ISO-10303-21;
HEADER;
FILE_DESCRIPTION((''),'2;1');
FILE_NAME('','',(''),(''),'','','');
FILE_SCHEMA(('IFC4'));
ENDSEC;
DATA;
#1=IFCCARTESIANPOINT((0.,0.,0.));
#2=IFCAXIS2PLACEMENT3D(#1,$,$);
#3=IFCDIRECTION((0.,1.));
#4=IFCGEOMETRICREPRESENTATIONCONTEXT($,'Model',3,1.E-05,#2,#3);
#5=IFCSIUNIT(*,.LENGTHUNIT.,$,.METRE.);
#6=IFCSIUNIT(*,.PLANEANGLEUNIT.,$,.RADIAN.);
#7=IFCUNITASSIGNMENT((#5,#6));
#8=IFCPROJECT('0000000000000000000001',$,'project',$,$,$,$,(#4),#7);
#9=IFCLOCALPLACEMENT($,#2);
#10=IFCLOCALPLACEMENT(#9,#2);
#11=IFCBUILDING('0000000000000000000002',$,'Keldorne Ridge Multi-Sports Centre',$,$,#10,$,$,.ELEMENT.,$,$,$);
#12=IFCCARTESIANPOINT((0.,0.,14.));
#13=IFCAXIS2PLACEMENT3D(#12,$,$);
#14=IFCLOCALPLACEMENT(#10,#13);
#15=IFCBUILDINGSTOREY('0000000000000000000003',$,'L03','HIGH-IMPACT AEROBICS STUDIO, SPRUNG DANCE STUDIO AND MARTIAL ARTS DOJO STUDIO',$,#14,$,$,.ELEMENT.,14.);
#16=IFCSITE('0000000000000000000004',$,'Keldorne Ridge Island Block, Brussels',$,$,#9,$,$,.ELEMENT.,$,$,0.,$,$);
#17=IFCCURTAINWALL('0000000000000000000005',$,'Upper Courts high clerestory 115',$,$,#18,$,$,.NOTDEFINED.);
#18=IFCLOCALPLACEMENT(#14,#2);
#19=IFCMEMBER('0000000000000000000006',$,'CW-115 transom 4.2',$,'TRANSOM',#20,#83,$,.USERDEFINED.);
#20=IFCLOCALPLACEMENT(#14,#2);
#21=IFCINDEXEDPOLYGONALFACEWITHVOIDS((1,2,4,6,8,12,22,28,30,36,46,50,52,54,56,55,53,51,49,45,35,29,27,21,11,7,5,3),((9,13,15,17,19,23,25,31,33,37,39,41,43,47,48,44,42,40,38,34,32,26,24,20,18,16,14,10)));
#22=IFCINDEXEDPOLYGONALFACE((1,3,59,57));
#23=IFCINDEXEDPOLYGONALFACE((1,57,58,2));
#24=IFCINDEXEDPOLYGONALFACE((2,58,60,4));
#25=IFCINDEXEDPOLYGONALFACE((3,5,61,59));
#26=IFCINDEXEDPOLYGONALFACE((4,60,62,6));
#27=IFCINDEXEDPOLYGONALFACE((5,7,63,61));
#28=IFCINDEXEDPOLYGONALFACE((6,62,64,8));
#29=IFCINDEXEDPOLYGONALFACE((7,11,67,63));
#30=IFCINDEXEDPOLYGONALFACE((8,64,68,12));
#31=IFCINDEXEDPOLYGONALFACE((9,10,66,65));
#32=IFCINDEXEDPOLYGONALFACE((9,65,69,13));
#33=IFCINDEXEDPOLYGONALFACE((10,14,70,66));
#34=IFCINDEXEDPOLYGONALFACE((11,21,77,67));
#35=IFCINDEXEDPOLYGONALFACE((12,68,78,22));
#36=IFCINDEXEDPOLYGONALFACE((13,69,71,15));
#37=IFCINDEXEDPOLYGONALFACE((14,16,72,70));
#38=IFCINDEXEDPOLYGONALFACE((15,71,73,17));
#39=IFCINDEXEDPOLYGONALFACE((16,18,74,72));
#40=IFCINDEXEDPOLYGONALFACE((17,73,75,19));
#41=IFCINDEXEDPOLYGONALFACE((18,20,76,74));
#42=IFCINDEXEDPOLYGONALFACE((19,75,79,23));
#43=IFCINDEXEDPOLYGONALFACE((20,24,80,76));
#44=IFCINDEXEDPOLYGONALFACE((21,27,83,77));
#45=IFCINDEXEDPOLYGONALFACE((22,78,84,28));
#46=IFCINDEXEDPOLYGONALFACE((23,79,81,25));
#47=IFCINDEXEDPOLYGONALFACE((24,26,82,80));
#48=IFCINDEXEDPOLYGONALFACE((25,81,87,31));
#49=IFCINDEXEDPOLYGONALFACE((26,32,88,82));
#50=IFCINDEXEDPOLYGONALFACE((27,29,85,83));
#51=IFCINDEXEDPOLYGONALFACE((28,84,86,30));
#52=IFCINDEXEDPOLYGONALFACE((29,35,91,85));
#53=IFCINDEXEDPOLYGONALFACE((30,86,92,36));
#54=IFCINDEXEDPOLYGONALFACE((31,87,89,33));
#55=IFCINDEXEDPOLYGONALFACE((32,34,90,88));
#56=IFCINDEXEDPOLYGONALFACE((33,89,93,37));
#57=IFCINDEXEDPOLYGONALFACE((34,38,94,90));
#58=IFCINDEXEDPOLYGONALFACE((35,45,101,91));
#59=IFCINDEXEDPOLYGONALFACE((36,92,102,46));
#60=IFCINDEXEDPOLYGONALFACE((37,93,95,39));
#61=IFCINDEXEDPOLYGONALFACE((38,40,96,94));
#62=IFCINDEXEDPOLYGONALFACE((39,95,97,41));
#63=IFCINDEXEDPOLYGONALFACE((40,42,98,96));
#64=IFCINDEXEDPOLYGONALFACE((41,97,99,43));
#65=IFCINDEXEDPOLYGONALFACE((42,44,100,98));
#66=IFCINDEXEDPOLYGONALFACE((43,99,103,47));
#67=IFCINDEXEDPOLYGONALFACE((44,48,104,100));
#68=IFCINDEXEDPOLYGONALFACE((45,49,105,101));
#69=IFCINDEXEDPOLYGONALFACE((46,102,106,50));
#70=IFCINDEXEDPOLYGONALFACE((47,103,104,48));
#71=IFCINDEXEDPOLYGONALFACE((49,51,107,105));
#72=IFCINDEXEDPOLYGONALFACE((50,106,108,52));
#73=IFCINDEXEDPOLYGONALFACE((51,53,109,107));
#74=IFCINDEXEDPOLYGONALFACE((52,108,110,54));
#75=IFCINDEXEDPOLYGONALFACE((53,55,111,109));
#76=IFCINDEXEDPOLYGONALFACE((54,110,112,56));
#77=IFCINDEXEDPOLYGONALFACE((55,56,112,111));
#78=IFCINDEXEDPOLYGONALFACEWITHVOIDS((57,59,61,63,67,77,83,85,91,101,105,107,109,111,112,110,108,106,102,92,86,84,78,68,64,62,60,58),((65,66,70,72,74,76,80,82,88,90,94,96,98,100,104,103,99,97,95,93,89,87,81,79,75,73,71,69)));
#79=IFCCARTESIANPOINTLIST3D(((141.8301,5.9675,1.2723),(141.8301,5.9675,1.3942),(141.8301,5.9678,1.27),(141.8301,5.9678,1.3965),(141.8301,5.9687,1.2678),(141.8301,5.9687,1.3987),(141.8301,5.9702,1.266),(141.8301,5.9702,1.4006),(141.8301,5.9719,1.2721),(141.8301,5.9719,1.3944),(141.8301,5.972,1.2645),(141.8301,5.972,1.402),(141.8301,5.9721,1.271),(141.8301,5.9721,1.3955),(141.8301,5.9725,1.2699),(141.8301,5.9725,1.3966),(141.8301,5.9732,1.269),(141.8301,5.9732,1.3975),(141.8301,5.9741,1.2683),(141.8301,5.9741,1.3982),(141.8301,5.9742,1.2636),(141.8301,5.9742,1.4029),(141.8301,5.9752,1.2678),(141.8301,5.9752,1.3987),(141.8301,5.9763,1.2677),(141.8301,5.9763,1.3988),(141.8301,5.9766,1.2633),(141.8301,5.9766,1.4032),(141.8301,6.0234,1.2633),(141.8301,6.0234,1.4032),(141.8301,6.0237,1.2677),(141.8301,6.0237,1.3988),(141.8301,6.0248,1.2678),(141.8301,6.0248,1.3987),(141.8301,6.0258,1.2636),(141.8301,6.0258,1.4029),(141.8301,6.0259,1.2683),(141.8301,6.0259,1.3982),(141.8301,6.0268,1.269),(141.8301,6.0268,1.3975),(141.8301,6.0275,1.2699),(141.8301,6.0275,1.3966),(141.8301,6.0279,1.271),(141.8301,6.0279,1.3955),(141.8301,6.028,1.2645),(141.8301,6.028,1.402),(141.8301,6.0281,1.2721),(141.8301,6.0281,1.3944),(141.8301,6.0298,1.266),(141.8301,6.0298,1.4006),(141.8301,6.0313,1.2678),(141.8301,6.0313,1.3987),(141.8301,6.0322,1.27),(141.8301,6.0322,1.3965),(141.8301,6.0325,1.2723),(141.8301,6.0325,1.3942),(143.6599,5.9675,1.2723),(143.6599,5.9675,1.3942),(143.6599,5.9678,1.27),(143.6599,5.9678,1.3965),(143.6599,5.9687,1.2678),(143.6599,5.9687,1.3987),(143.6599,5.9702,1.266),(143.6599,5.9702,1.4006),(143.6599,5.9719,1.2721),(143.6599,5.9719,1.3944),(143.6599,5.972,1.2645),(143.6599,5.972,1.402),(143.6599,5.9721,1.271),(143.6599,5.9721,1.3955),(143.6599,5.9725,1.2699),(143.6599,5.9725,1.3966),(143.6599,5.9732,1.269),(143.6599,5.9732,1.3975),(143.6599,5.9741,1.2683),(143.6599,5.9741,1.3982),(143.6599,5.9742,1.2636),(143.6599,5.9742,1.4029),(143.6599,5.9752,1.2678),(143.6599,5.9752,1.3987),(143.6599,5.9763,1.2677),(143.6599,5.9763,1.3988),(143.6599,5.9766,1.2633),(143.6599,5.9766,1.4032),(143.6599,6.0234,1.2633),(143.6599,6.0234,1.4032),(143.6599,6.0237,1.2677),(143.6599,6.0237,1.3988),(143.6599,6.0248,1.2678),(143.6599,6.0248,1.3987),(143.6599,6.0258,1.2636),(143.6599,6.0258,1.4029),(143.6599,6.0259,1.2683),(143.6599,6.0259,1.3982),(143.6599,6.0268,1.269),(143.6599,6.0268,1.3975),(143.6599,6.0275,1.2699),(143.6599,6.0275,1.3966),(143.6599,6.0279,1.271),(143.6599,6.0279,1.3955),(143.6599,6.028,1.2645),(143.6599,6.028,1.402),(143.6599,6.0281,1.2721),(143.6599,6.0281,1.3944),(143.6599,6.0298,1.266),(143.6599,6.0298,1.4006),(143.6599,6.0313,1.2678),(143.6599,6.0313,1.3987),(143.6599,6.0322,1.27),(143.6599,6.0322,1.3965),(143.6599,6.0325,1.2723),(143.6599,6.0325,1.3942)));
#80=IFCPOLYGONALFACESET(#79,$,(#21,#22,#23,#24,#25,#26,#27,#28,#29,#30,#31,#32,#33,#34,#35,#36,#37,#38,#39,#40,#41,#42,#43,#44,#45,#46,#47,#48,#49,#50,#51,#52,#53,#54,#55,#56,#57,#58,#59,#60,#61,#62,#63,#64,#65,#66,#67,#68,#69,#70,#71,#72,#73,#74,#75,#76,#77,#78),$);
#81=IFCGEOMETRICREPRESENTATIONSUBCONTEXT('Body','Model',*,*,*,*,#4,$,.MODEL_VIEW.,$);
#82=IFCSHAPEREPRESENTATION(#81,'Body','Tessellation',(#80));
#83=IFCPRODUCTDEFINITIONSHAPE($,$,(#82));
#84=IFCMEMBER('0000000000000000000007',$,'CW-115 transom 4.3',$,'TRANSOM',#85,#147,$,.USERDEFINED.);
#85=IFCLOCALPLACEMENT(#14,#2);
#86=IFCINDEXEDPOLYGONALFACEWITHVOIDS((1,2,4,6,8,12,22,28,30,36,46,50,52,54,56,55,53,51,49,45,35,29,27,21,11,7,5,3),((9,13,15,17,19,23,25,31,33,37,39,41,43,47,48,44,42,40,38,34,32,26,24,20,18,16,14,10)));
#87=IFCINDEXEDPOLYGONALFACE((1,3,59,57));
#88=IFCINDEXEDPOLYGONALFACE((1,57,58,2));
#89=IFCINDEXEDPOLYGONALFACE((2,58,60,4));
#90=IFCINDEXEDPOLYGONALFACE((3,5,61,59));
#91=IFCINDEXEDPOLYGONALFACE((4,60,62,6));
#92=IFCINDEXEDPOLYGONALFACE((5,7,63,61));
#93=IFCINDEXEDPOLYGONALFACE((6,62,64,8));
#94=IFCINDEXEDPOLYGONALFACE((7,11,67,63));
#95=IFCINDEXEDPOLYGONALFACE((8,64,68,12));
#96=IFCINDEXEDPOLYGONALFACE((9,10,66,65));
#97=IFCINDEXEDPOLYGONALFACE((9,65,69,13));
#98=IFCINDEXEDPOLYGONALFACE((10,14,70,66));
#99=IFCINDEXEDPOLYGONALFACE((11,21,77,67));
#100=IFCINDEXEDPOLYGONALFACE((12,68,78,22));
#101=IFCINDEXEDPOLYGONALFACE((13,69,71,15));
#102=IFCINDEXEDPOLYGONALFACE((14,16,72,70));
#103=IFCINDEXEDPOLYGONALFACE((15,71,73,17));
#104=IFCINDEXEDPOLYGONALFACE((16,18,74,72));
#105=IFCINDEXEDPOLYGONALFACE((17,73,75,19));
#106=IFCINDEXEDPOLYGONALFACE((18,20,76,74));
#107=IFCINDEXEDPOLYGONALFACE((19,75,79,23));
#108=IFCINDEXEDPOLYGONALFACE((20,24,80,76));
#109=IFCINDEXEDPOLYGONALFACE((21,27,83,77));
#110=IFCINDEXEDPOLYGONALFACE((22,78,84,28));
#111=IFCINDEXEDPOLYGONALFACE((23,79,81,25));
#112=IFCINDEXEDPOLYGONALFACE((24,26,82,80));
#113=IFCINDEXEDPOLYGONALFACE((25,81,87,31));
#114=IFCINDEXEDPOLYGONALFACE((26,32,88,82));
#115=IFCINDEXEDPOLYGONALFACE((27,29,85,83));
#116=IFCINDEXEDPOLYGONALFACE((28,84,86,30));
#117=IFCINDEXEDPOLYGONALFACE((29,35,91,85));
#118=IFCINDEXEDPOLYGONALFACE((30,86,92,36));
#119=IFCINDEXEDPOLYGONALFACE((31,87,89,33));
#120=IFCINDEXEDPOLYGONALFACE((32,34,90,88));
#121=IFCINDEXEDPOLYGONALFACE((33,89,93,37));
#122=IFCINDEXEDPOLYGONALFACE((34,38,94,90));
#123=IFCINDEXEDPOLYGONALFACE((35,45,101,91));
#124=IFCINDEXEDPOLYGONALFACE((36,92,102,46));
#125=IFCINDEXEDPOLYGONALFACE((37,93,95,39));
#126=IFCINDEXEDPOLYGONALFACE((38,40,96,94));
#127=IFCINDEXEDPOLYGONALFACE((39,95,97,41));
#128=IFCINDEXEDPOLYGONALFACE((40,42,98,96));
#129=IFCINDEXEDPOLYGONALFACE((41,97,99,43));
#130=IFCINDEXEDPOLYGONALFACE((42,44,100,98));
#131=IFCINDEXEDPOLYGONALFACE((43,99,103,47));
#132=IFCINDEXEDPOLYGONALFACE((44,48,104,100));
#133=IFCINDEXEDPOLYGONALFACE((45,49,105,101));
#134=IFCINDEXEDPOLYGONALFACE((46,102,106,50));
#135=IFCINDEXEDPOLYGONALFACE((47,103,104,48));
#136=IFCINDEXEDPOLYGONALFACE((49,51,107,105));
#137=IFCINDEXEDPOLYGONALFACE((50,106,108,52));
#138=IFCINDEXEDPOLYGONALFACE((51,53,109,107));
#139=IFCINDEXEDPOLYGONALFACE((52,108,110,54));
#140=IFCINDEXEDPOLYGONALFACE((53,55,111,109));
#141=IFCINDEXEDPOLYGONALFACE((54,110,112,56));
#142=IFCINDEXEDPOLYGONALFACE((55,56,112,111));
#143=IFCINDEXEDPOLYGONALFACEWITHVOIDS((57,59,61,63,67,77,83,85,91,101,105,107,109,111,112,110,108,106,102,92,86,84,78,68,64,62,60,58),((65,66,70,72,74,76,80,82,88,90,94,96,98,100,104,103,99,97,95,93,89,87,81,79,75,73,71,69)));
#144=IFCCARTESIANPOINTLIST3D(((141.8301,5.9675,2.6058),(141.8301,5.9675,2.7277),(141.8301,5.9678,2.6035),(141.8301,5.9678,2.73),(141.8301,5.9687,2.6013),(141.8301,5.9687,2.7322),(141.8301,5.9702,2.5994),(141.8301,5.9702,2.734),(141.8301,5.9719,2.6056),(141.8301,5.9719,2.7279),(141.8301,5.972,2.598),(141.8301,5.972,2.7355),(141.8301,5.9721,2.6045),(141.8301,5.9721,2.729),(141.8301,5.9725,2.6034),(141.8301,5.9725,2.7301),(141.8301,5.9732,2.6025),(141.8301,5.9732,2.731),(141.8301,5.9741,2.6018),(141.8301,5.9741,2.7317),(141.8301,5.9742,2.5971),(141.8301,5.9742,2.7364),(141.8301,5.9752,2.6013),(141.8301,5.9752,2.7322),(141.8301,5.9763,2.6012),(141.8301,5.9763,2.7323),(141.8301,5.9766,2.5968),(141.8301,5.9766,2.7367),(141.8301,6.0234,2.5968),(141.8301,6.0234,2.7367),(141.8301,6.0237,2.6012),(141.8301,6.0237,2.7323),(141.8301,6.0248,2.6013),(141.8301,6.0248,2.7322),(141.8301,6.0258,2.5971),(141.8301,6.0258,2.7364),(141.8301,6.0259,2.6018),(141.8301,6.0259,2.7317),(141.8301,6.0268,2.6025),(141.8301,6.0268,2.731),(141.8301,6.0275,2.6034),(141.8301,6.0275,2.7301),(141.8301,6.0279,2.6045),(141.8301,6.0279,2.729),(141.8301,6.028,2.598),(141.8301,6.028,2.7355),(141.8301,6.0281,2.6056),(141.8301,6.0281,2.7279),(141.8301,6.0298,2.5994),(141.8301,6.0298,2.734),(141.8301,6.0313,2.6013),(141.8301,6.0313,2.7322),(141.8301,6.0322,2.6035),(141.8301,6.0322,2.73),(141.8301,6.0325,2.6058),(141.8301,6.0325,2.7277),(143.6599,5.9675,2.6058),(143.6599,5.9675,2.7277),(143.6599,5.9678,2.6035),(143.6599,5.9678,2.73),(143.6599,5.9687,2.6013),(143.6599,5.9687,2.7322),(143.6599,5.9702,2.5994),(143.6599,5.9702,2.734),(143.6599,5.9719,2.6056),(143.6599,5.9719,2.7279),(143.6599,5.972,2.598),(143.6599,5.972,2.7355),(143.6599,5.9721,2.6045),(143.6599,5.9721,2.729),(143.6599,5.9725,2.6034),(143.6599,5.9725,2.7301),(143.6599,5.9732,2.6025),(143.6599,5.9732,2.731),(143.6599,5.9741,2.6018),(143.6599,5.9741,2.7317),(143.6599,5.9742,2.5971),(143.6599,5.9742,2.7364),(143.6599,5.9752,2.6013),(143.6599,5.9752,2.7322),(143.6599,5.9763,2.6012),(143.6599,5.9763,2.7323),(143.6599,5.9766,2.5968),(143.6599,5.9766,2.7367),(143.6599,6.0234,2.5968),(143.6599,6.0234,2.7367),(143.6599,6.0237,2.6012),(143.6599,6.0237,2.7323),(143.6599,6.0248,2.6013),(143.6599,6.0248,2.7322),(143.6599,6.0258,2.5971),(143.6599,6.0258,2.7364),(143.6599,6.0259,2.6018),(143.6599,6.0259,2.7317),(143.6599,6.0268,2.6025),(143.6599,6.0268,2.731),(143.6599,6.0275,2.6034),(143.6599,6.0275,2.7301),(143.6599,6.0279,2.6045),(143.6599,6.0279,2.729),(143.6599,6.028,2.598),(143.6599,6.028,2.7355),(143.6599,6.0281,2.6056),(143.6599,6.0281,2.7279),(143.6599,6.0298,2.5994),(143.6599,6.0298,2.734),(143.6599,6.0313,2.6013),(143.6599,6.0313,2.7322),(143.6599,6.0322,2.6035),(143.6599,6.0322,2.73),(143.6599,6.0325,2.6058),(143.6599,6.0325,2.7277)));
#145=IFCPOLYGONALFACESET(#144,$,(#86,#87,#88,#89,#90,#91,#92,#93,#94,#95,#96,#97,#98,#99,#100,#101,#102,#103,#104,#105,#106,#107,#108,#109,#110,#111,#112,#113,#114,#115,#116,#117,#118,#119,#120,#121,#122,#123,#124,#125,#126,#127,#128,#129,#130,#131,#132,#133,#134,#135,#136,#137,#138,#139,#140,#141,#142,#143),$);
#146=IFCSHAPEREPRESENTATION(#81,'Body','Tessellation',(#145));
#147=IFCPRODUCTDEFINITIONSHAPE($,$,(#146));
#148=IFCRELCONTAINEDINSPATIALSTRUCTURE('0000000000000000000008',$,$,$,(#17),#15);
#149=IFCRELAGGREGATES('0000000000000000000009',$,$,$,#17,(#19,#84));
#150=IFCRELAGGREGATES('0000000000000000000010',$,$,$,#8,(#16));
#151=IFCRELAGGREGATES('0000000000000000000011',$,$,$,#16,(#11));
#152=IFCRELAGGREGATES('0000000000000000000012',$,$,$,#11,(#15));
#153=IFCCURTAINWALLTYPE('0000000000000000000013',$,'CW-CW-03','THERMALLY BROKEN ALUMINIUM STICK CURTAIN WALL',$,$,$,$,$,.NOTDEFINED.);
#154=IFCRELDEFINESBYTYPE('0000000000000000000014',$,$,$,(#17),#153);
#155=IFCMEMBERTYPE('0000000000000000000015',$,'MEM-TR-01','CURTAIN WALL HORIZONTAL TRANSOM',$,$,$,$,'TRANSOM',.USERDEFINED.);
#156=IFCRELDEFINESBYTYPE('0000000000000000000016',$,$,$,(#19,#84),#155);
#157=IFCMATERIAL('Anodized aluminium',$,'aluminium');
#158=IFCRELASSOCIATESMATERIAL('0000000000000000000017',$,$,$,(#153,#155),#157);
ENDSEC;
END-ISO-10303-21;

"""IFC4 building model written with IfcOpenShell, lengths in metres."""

from ifc_helpers import new_model, si_unit, direction, frame, origin, origin_2d, place, context, subcontext, project, spatial, hollow_rectangle, extrude, material, material_profile, profile_set, type_object, element, aggregate, save


model = new_model("IFC4")

# Units and contexts
model_context = context("Model", 3, precision=1e-05, world=origin(), true_north=direction((0.0, 1.0)))
body_context = subcontext(model_context, "Body", "Model", "MODEL_VIEW")
ifc_project = project(units=[si_unit("LENGTHUNIT", "METRE"), si_unit("PLANEANGLEUNIT", "RADIAN")], contexts=[model_context])

# Site, building, storey
site_placement = place(None, origin())
site = spatial("IfcSite", under=ifc_project, at=site_placement, Name="Keldorne Ridge Island Block, Brussels", CompositionType="ELEMENT", RefElevation=0.0)
building_placement = place(site_placement, origin())
building = spatial("IfcBuilding", under=site, at=building_placement, Name="Keldorne Ridge Multi-Sports Centre", CompositionType="ELEMENT")
storey_placement = place(building_placement, frame((0.0, 0.0, 14.0)))
storey = spatial("IfcBuildingStorey", under=building, at=storey_placement, Name="L03", Description="HIGH-IMPACT AEROBICS STUDIO, SPRUNG DANCE STUDIO AND MARTIAL ARTS DOJO STUDIO", CompositionType="ELEMENT", Elevation=14.0)

# Curtain wall
ifc_material_1 = material(Name="Anodized aluminium", Category="aluminium")
curtain_wall_type = type_object("IfcCurtainWallType", Name="CW-CW-03", Description="THERMALLY BROKEN ALUMINIUM STICK CURTAIN WALL", PredefinedType="NOTDEFINED", material=ifc_material_1)
curtain_wall_placement = place(storey_placement, origin())
curtain_wall = element("IfcCurtainWall", 1, at=curtain_wall_placement, inside=storey, type_object=curtain_wall_type, Name="Upper Courts high clerestory 115", PredefinedType="NOTDEFINED")

# Members
ifc_material_profile_1 = material_profile(ifc_material_1, hollow_rectangle(XDim=0.0649, YDim=0.1399, WallThickness=0.0044, InnerFilletRadius=0.0044, OuterFilletRadius=0.009, at=origin_2d()), Name="ALU TRANSOM 140x65x4.5")
ifc_profile_set_1 = profile_set([ifc_material_profile_1], Name="Anodized aluminium")
member_type_1 = type_object("IfcMemberType", Name="MEM-TR-01", Description="CURTAIN WALL HORIZONTAL TRANSOM", ElementType="TRANSOM", PredefinedType="USERDEFINED", material=ifc_profile_set_1)
member_1_placement = place(storey_placement, frame((141.8301, 6.0, 1.3333), z_axis=(1.0, 0.0, 0.0), x_axis=(0.0, 1.0, 0.0)))
member_1 = element("IfcMember", 2, at=member_1_placement, type_object=member_type_1, Name="CW-115 transom 4.2", ObjectType="TRANSOM", PredefinedType="USERDEFINED", context=body_context, shape_type="SweptSolid", body=[
    extrude(hollow_rectangle(XDim=0.0649, YDim=0.1399, WallThickness=0.0044, InnerFilletRadius=0.0044, OuterFilletRadius=0.009, at=origin_2d()), origin(), (0.0, 0.0, 1.0), 1.8298),
])
member_2_placement = place(storey_placement, frame((141.8301, 6.0, 2.6667), z_axis=(1.0, 0.0, 0.0), x_axis=(0.0, 1.0, 0.0)))
member_2 = element("IfcMember", 3, at=member_2_placement, type_object=member_type_1, Name="CW-115 transom 4.3", ObjectType="TRANSOM", PredefinedType="USERDEFINED", context=body_context, shape_type="SweptSolid", body=[
    extrude(hollow_rectangle(XDim=0.0649, YDim=0.1399, WallThickness=0.0044, InnerFilletRadius=0.0044, OuterFilletRadius=0.009, at=origin_2d()), origin(), (0.0, 0.0, 1.0), 1.8298),
])

aggregate(curtain_wall, [member_1, member_2])

save(model, "model.ifc")
